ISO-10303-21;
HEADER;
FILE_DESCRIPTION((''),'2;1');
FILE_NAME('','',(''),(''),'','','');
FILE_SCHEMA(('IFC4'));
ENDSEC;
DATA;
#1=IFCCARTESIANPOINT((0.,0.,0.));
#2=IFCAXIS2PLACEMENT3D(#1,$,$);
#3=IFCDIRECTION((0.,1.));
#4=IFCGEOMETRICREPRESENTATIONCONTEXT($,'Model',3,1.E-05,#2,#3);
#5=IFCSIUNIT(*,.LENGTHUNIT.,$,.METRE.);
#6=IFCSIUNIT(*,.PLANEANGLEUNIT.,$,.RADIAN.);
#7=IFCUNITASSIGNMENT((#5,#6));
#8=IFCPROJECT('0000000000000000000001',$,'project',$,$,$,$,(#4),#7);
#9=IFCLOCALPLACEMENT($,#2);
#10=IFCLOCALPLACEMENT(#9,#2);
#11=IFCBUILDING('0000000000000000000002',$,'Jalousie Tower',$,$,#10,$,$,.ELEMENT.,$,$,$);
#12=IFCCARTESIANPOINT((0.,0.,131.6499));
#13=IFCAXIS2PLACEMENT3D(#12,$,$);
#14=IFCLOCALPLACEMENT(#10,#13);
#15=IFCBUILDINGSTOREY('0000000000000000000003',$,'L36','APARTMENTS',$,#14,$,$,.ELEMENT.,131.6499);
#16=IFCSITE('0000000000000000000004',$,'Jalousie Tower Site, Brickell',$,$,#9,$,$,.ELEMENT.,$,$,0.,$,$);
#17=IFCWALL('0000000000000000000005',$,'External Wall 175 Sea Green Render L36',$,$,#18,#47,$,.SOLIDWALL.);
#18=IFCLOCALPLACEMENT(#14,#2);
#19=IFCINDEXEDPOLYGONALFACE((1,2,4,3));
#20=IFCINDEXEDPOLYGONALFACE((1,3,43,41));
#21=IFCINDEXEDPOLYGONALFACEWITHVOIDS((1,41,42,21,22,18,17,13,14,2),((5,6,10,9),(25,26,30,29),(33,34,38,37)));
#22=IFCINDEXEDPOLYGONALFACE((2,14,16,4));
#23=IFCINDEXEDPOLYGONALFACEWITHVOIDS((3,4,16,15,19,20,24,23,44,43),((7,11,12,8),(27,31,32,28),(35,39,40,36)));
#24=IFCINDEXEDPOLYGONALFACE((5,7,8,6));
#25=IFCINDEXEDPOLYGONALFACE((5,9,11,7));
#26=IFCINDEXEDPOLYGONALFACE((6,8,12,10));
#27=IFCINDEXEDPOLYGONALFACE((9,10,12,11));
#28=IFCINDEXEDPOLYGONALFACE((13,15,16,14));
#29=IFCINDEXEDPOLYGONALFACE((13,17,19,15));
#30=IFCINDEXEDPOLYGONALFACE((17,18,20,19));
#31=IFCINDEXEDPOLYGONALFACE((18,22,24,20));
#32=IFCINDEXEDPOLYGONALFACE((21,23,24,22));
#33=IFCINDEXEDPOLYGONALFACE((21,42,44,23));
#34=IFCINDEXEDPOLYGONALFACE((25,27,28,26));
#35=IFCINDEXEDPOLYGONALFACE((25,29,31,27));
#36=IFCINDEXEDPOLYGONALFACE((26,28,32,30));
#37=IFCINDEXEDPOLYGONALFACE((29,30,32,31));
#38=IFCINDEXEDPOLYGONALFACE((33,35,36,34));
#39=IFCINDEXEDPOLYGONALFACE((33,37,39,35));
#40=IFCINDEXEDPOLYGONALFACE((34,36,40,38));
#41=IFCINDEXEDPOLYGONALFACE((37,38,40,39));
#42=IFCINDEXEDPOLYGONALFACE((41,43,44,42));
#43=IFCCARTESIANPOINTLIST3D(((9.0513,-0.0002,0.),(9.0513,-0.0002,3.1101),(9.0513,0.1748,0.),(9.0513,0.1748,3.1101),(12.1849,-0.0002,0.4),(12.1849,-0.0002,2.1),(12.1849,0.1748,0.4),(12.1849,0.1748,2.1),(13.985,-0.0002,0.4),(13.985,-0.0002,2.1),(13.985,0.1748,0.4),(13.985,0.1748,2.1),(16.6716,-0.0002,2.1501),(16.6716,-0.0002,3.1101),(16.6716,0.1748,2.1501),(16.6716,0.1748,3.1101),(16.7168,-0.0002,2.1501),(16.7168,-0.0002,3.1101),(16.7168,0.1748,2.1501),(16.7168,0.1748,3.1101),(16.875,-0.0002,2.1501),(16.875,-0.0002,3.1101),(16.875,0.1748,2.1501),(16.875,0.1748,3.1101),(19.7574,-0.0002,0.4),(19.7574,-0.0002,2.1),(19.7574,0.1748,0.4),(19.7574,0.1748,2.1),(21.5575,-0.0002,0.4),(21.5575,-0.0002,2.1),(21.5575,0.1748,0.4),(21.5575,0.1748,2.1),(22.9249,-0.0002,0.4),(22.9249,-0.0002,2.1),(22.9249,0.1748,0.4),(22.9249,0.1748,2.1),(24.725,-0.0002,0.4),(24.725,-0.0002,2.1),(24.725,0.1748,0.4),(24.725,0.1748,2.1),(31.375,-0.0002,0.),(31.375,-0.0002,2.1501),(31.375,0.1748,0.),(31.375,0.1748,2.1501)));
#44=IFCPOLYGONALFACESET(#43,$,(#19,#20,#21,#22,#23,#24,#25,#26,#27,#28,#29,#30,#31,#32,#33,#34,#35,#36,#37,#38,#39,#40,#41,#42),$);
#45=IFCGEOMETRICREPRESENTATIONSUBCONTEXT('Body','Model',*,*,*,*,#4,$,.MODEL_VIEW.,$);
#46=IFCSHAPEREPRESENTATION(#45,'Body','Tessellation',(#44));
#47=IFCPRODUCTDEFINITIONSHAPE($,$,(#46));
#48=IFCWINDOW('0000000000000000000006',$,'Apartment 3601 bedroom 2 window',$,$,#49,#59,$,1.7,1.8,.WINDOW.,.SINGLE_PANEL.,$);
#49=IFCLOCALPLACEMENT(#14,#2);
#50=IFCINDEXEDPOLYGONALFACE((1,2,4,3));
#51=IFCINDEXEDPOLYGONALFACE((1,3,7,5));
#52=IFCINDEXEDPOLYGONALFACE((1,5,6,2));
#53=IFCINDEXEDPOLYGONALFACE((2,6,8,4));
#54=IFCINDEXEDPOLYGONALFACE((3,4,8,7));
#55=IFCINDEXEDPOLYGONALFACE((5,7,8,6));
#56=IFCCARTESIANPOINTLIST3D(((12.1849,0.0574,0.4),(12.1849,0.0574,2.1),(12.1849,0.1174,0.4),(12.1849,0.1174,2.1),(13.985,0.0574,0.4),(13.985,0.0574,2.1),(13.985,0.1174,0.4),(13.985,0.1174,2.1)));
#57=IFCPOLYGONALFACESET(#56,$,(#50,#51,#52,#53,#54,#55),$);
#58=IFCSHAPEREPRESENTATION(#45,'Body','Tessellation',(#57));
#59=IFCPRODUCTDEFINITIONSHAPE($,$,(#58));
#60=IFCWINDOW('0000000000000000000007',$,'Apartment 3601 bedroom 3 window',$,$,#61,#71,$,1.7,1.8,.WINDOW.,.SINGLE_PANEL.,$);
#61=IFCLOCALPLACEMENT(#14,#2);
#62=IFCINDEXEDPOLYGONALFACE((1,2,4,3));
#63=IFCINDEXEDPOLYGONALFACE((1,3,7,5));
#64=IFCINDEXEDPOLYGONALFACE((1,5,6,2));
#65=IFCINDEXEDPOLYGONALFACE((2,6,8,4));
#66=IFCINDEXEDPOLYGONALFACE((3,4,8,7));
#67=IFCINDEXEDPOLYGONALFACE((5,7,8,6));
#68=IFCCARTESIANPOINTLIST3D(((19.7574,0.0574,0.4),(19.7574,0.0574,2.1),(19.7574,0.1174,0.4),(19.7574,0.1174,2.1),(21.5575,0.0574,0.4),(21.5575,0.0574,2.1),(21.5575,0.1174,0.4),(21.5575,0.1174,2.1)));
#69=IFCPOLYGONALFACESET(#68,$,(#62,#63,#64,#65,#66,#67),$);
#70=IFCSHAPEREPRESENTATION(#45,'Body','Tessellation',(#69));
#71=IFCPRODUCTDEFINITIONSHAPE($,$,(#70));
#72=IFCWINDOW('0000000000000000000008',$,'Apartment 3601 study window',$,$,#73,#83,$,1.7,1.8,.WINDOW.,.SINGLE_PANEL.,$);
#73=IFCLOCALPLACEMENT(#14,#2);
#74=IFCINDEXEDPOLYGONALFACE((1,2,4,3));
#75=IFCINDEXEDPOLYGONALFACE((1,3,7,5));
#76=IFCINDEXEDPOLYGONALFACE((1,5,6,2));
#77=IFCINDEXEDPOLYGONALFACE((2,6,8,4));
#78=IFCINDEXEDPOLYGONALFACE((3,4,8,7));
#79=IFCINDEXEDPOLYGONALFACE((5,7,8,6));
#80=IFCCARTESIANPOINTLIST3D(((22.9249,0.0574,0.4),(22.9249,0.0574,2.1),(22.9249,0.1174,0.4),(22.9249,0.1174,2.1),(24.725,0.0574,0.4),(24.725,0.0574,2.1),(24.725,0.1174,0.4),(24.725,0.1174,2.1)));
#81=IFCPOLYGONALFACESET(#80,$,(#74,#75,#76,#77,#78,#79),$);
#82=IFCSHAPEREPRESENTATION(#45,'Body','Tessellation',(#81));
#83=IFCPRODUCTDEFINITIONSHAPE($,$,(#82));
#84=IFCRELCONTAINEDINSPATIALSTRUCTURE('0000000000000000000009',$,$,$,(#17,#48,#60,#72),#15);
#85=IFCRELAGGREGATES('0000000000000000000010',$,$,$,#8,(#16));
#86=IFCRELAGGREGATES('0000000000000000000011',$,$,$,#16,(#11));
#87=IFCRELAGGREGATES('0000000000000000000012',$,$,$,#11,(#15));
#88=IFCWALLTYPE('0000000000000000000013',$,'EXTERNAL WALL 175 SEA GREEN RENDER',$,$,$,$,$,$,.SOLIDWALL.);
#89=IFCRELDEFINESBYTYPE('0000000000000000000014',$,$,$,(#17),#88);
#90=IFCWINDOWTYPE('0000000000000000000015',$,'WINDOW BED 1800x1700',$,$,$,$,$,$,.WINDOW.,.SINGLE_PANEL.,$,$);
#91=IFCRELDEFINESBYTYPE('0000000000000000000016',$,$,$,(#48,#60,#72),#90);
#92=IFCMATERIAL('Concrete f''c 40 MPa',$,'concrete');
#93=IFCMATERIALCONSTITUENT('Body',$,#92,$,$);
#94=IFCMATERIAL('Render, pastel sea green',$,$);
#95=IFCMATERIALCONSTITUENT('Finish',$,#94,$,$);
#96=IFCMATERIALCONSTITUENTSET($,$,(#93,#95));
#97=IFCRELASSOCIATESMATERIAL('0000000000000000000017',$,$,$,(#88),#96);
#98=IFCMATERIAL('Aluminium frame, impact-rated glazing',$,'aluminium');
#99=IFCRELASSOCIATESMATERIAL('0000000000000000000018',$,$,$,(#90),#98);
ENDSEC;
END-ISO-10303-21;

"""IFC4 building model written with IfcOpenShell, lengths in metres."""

from ifc_helpers import new_model, si_unit, direction, frame, frame_2d, origin, place, context, subcontext, project, spatial, polyline, rectangle, outline, extrude, material, constituent, constituent_set, type_object, element, fill, save


model = new_model("IFC4")

# Units and contexts
model_context = context("Model", 3, precision=1e-05, world=origin(), true_north=direction((0.0, 1.0)))
body_context = subcontext(model_context, "Body", "Model", "MODEL_VIEW")
ifc_project = project(units=[si_unit("LENGTHUNIT", "METRE"), si_unit("PLANEANGLEUNIT", "RADIAN")], contexts=[model_context])

# Site, building, storey
site_placement = place(None, origin())
site = spatial("IfcSite", under=ifc_project, at=site_placement, Name="Jalousie Tower Site, Brickell", CompositionType="ELEMENT", RefElevation=0.0)
building_placement = place(site_placement, origin())
building = spatial("IfcBuilding", under=site, at=building_placement, Name="Jalousie Tower", CompositionType="ELEMENT")
storey_placement = place(building_placement, frame((0.0, 0.0, 131.6499)))
storey = spatial("IfcBuildingStorey", under=building, at=storey_placement, Name="L36", Description="APARTMENTS", CompositionType="ELEMENT", Elevation=131.6499)

# Wall, openings, windows
ifc_material_1 = material(Name="Concrete f'c 40 MPa", Category="concrete")
ifc_constituent_1 = constituent(ifc_material_1, Name="Body")
ifc_material_2 = material(Name="Render, pastel sea green")
ifc_constituent_2 = constituent(ifc_material_2, Name="Finish")
ifc_constituent_set = constituent_set(constituents=[ifc_constituent_1, ifc_constituent_2])
wall_type = type_object("IfcWallType", Name="EXTERNAL WALL 175 SEA GREEN RENDER", PredefinedType="SOLIDWALL", material=ifc_constituent_set)
wall_placement = place(storey_placement, frame((9.0513, 0.0874, 0.0), z_axis=(0.0, 0.0, 1.0), x_axis=(1.0, 0.0, 0.0)))
wall = element("IfcWall", 1, at=wall_placement, inside=storey, type_object=wall_type, Name="External Wall 175 Sea Green Render L36", PredefinedType="SOLIDWALL", context=body_context, shape_type="SweptSolid", body=[
    extrude(outline(polyline([(0.0, 0.0), (22.3237, 0.0), (22.3237, 2.1501), (7.8237, 2.1501), (7.8237, 3.1101), (7.6655, 3.1101), (7.6655, 2.1501), (7.6204, 2.1501), (7.6204, 3.1101), (0.0, 3.1101), (0.0, 0.0)])), frame((0.0, 0.0874, 0.0), z_axis=(0.0, -1.0, 0.0), x_axis=(1.0, 0.0, 0.0)), (0.0, 0.0, 1.0), 0.175),
])
opening_1_placement = place(wall_placement, frame((3.1338, 0.0, 0.3999)))
opening_1 = element("IfcOpeningElement", 2, at=opening_1_placement, cuts=wall, PredefinedType="OPENING", context=body_context, shape_type="SweptSolid", body=[
    extrude(rectangle(XDim=1.8, YDim=1.7, at=frame_2d((0.8999, 0.8501))), frame((0.0, 0.0974, 0.0), z_axis=(0.0, -1.0, 0.0), x_axis=(1.0, 0.0, 0.0)), (0.0, 0.0, 1.0), 0.1951),
])
opening_2_placement = place(wall_placement, frame((10.7063, 0.0, 0.3999)))
opening_2 = element("IfcOpeningElement", 3, at=opening_2_placement, cuts=wall, PredefinedType="OPENING", context=body_context, shape_type="SweptSolid", body=[
    extrude(rectangle(XDim=1.8, YDim=1.7, at=frame_2d((0.8999, 0.8501))), frame((0.0, 0.0974, 0.0), z_axis=(0.0, -1.0, 0.0), x_axis=(1.0, 0.0, 0.0)), (0.0, 0.0, 1.0), 0.1951),
])
opening_3_placement = place(wall_placement, frame((13.8738, 0.0, 0.3999)))
opening_3 = element("IfcOpeningElement", 4, at=opening_3_placement, cuts=wall, PredefinedType="OPENING", context=body_context, shape_type="SweptSolid", body=[
    extrude(rectangle(XDim=1.8, YDim=1.7, at=frame_2d((0.8999, 0.8501))), frame((0.0, 0.0974, 0.0), z_axis=(0.0, -1.0, 0.0), x_axis=(1.0, 0.0, 0.0)), (0.0, 0.0, 1.0), 0.1951),
])
ifc_material_3 = material(Name="Aluminium frame, impact-rated glazing", Category="aluminium")
window_type = type_object("IfcWindowType", Name="WINDOW BED 1800x1700", PartitioningType="SINGLE_PANEL", PredefinedType="WINDOW", material=ifc_material_3)
window_1_placement = place(opening_1_placement, origin())
window_1 = element("IfcWindow", 5, at=window_1_placement, inside=storey, type_object=window_type, Name="Apartment 3601 bedroom 2 window", OverallHeight=1.7, OverallWidth=1.8, PartitioningType="SINGLE_PANEL", PredefinedType="WINDOW", context=body_context, shape_type="SweptSolid", body=[
    extrude(rectangle(XDim=1.8, YDim=1.7, at=frame_2d((0.8999, 0.8501))), frame((0.0, 0.03, 0.0), z_axis=(0.0, -1.0, 0.0), x_axis=(1.0, 0.0, 0.0)), (0.0, 0.0, 1.0), 0.0601),
])
fill(opening_1, window_1)
window_2_placement = place(opening_2_placement, origin())
window_2 = element("IfcWindow", 6, at=window_2_placement, inside=storey, type_object=window_type, Name="Apartment 3601 bedroom 3 window", OverallHeight=1.7, OverallWidth=1.8, PartitioningType="SINGLE_PANEL", PredefinedType="WINDOW", context=body_context, shape_type="SweptSolid", body=[
    extrude(rectangle(XDim=1.8, YDim=1.7, at=frame_2d((0.8999, 0.8501))), frame((0.0, 0.03, 0.0), z_axis=(0.0, -1.0, 0.0), x_axis=(1.0, 0.0, 0.0)), (0.0, 0.0, 1.0), 0.0601),
])
fill(opening_2, window_2)
window_3_placement = place(opening_3_placement, origin())
window_3 = element("IfcWindow", 7, at=window_3_placement, inside=storey, type_object=window_type, Name="Apartment 3601 study window", OverallHeight=1.7, OverallWidth=1.8, PartitioningType="SINGLE_PANEL", PredefinedType="WINDOW", context=body_context, shape_type="SweptSolid", body=[
    extrude(rectangle(XDim=1.8, YDim=1.7, at=frame_2d((0.8999, 0.8501))), frame((0.0, 0.03, 0.0), z_axis=(0.0, -1.0, 0.0), x_axis=(1.0, 0.0, 0.0)), (0.0, 0.0, 1.0), 0.0601),
])
fill(opening_3, window_3)

save(model, "model.ifc")
